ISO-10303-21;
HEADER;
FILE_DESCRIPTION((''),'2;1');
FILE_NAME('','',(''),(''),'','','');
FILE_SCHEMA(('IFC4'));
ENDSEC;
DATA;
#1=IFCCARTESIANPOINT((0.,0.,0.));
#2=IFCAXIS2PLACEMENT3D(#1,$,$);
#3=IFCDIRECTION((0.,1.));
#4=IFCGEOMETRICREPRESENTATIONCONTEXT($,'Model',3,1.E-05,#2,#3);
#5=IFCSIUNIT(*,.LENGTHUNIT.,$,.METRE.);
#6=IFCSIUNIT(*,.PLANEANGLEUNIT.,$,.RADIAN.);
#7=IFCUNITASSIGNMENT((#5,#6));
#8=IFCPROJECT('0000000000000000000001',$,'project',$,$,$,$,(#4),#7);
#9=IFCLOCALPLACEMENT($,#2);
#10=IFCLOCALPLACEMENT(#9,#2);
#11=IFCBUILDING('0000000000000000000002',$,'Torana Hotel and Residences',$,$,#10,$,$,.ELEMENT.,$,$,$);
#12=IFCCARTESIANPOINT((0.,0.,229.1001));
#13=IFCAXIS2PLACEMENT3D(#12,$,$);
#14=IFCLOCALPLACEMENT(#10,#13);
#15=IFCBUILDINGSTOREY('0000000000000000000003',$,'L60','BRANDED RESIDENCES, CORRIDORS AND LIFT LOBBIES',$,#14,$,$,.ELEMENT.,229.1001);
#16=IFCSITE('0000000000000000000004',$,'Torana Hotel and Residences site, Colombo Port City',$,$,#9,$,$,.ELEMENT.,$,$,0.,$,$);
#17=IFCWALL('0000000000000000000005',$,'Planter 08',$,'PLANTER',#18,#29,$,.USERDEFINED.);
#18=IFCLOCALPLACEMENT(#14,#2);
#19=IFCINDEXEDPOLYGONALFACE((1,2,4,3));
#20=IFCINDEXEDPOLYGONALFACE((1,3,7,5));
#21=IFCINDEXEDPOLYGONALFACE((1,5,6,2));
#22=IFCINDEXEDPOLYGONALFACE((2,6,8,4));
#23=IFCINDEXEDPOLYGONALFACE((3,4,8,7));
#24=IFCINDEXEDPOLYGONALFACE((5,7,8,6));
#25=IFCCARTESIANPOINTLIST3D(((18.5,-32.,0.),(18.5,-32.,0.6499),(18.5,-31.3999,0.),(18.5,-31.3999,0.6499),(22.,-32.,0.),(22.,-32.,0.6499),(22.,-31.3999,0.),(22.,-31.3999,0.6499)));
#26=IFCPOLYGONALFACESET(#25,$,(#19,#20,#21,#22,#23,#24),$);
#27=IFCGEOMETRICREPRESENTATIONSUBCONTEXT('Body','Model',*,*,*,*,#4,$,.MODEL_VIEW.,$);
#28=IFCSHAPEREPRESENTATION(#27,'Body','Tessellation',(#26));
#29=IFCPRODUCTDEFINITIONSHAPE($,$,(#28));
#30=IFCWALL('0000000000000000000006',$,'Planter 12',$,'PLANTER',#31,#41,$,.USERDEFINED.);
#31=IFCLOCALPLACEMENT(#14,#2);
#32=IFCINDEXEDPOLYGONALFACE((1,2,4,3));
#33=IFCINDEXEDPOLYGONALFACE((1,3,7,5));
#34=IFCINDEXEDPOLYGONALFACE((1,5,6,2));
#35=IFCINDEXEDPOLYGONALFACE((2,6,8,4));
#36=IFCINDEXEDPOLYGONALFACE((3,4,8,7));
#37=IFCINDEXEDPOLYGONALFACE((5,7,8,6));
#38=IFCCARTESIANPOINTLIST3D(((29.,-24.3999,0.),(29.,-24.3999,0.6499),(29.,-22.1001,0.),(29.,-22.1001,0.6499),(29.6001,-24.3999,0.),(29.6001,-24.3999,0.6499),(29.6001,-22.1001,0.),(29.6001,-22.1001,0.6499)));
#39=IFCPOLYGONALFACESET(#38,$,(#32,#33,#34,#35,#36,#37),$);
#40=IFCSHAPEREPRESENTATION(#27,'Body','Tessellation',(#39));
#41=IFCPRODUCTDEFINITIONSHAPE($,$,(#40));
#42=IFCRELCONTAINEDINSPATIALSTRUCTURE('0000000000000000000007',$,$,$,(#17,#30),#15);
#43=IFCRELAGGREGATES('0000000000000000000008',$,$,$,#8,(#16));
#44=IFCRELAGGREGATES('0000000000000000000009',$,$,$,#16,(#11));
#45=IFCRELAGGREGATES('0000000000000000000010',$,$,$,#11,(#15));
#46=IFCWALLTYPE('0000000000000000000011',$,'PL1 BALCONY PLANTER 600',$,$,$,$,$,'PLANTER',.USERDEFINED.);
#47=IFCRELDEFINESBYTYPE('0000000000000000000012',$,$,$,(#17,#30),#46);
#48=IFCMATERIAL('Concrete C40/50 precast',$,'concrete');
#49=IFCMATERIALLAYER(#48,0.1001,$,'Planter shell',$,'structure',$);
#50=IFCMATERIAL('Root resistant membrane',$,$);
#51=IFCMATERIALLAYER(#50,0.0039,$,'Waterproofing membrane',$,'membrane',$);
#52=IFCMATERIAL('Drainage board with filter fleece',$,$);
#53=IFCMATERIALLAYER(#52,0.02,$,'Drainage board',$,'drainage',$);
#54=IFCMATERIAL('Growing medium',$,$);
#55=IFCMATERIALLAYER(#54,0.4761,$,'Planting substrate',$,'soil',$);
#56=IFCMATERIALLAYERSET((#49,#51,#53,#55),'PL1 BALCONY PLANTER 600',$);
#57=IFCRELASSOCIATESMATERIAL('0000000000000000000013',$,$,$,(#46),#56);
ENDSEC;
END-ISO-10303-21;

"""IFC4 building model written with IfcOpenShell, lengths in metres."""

from ifc_helpers import new_model, si_unit, direction, frame, frame_2d, origin, place, context, subcontext, project, spatial, rectangle, extrude, material, layer, layer_set, type_object, element, save


model = new_model("IFC4")

# Units and contexts
model_context = context("Model", 3, precision=1e-05, world=origin(), true_north=direction((0.0, 1.0)))
body_context = subcontext(model_context, "Body", "Model", "MODEL_VIEW")
ifc_project = project(units=[si_unit("LENGTHUNIT", "METRE"), si_unit("PLANEANGLEUNIT", "RADIAN")], contexts=[model_context])

# Site, building, storey
site_placement = place(None, origin())
site = spatial("IfcSite", under=ifc_project, at=site_placement, Name="Torana Hotel and Residences site, Colombo Port City", CompositionType="ELEMENT", RefElevation=0.0)
building_placement = place(site_placement, origin())
building = spatial("IfcBuilding", under=site, at=building_placement, Name="Torana Hotel and Residences", CompositionType="ELEMENT")
storey_placement = place(building_placement, frame((0.0, 0.0, 229.1001)))
storey = spatial("IfcBuildingStorey", under=building, at=storey_placement, Name="L60", Description="BRANDED RESIDENCES, CORRIDORS AND LIFT LOBBIES", CompositionType="ELEMENT", Elevation=229.1001)

# Walls
ifc_material_1 = material(Name="Concrete C40/50 precast", Category="concrete")
ifc_layer_1 = layer(ifc_material_1, 0.1001, Name="Planter shell", Category="structure")
ifc_material_2 = material(Name="Root resistant membrane")
ifc_layer_2 = layer(ifc_material_2, 0.0039, Name="Waterproofing membrane", Category="membrane")
ifc_material_3 = material(Name="Drainage board with filter fleece")
ifc_layer_3 = layer(ifc_material_3, 0.02, Name="Drainage board", Category="drainage")
ifc_material_4 = material(Name="Growing medium")
ifc_layer_4 = layer(ifc_material_4, 0.4761, Name="Planting substrate", Category="soil")
ifc_layer_set_1 = layer_set([ifc_layer_1, ifc_layer_2, ifc_layer_3, ifc_layer_4], Name="PL1 BALCONY PLANTER 600")
wall_type_1 = type_object("IfcWallType", Name="PL1 BALCONY PLANTER 600", ElementType="PLANTER", PredefinedType="USERDEFINED", material=ifc_layer_set_1)
wall_1_placement = place(storey_placement, frame((22.0, -31.7, 0.0), z_axis=(0.0, 0.0, 1.0), x_axis=(-1.0, 0.0, 0.0)))
element("IfcWall", 1, at=wall_1_placement, inside=storey, type_object=wall_type_1, Name="Planter 08", ObjectType="PLANTER", PredefinedType="USERDEFINED", context=body_context, shape_type="SweptSolid", body=[
    extrude(rectangle(XDim=3.5, YDim=0.6001, at=frame_2d((1.75, 0.0))), origin(), (0.0, 0.0, 1.0), 0.6499),
])
wall_2_placement = place(storey_placement, frame((29.3, -22.1001, 0.0), z_axis=(0.0, 0.0, 1.0), x_axis=(0.0, -1.0, 0.0)))
element("IfcWall", 2, at=wall_2_placement, inside=storey, type_object=wall_type_1, Name="Planter 12", ObjectType="PLANTER", PredefinedType="USERDEFINED", context=body_context, shape_type="SweptSolid", body=[
    extrude(rectangle(XDim=2.2998, YDim=0.6001, at=frame_2d((1.1499, 0.0))), origin(), (0.0, 0.0, 1.0), 0.6499),
])

save(model, "model.ifc")
